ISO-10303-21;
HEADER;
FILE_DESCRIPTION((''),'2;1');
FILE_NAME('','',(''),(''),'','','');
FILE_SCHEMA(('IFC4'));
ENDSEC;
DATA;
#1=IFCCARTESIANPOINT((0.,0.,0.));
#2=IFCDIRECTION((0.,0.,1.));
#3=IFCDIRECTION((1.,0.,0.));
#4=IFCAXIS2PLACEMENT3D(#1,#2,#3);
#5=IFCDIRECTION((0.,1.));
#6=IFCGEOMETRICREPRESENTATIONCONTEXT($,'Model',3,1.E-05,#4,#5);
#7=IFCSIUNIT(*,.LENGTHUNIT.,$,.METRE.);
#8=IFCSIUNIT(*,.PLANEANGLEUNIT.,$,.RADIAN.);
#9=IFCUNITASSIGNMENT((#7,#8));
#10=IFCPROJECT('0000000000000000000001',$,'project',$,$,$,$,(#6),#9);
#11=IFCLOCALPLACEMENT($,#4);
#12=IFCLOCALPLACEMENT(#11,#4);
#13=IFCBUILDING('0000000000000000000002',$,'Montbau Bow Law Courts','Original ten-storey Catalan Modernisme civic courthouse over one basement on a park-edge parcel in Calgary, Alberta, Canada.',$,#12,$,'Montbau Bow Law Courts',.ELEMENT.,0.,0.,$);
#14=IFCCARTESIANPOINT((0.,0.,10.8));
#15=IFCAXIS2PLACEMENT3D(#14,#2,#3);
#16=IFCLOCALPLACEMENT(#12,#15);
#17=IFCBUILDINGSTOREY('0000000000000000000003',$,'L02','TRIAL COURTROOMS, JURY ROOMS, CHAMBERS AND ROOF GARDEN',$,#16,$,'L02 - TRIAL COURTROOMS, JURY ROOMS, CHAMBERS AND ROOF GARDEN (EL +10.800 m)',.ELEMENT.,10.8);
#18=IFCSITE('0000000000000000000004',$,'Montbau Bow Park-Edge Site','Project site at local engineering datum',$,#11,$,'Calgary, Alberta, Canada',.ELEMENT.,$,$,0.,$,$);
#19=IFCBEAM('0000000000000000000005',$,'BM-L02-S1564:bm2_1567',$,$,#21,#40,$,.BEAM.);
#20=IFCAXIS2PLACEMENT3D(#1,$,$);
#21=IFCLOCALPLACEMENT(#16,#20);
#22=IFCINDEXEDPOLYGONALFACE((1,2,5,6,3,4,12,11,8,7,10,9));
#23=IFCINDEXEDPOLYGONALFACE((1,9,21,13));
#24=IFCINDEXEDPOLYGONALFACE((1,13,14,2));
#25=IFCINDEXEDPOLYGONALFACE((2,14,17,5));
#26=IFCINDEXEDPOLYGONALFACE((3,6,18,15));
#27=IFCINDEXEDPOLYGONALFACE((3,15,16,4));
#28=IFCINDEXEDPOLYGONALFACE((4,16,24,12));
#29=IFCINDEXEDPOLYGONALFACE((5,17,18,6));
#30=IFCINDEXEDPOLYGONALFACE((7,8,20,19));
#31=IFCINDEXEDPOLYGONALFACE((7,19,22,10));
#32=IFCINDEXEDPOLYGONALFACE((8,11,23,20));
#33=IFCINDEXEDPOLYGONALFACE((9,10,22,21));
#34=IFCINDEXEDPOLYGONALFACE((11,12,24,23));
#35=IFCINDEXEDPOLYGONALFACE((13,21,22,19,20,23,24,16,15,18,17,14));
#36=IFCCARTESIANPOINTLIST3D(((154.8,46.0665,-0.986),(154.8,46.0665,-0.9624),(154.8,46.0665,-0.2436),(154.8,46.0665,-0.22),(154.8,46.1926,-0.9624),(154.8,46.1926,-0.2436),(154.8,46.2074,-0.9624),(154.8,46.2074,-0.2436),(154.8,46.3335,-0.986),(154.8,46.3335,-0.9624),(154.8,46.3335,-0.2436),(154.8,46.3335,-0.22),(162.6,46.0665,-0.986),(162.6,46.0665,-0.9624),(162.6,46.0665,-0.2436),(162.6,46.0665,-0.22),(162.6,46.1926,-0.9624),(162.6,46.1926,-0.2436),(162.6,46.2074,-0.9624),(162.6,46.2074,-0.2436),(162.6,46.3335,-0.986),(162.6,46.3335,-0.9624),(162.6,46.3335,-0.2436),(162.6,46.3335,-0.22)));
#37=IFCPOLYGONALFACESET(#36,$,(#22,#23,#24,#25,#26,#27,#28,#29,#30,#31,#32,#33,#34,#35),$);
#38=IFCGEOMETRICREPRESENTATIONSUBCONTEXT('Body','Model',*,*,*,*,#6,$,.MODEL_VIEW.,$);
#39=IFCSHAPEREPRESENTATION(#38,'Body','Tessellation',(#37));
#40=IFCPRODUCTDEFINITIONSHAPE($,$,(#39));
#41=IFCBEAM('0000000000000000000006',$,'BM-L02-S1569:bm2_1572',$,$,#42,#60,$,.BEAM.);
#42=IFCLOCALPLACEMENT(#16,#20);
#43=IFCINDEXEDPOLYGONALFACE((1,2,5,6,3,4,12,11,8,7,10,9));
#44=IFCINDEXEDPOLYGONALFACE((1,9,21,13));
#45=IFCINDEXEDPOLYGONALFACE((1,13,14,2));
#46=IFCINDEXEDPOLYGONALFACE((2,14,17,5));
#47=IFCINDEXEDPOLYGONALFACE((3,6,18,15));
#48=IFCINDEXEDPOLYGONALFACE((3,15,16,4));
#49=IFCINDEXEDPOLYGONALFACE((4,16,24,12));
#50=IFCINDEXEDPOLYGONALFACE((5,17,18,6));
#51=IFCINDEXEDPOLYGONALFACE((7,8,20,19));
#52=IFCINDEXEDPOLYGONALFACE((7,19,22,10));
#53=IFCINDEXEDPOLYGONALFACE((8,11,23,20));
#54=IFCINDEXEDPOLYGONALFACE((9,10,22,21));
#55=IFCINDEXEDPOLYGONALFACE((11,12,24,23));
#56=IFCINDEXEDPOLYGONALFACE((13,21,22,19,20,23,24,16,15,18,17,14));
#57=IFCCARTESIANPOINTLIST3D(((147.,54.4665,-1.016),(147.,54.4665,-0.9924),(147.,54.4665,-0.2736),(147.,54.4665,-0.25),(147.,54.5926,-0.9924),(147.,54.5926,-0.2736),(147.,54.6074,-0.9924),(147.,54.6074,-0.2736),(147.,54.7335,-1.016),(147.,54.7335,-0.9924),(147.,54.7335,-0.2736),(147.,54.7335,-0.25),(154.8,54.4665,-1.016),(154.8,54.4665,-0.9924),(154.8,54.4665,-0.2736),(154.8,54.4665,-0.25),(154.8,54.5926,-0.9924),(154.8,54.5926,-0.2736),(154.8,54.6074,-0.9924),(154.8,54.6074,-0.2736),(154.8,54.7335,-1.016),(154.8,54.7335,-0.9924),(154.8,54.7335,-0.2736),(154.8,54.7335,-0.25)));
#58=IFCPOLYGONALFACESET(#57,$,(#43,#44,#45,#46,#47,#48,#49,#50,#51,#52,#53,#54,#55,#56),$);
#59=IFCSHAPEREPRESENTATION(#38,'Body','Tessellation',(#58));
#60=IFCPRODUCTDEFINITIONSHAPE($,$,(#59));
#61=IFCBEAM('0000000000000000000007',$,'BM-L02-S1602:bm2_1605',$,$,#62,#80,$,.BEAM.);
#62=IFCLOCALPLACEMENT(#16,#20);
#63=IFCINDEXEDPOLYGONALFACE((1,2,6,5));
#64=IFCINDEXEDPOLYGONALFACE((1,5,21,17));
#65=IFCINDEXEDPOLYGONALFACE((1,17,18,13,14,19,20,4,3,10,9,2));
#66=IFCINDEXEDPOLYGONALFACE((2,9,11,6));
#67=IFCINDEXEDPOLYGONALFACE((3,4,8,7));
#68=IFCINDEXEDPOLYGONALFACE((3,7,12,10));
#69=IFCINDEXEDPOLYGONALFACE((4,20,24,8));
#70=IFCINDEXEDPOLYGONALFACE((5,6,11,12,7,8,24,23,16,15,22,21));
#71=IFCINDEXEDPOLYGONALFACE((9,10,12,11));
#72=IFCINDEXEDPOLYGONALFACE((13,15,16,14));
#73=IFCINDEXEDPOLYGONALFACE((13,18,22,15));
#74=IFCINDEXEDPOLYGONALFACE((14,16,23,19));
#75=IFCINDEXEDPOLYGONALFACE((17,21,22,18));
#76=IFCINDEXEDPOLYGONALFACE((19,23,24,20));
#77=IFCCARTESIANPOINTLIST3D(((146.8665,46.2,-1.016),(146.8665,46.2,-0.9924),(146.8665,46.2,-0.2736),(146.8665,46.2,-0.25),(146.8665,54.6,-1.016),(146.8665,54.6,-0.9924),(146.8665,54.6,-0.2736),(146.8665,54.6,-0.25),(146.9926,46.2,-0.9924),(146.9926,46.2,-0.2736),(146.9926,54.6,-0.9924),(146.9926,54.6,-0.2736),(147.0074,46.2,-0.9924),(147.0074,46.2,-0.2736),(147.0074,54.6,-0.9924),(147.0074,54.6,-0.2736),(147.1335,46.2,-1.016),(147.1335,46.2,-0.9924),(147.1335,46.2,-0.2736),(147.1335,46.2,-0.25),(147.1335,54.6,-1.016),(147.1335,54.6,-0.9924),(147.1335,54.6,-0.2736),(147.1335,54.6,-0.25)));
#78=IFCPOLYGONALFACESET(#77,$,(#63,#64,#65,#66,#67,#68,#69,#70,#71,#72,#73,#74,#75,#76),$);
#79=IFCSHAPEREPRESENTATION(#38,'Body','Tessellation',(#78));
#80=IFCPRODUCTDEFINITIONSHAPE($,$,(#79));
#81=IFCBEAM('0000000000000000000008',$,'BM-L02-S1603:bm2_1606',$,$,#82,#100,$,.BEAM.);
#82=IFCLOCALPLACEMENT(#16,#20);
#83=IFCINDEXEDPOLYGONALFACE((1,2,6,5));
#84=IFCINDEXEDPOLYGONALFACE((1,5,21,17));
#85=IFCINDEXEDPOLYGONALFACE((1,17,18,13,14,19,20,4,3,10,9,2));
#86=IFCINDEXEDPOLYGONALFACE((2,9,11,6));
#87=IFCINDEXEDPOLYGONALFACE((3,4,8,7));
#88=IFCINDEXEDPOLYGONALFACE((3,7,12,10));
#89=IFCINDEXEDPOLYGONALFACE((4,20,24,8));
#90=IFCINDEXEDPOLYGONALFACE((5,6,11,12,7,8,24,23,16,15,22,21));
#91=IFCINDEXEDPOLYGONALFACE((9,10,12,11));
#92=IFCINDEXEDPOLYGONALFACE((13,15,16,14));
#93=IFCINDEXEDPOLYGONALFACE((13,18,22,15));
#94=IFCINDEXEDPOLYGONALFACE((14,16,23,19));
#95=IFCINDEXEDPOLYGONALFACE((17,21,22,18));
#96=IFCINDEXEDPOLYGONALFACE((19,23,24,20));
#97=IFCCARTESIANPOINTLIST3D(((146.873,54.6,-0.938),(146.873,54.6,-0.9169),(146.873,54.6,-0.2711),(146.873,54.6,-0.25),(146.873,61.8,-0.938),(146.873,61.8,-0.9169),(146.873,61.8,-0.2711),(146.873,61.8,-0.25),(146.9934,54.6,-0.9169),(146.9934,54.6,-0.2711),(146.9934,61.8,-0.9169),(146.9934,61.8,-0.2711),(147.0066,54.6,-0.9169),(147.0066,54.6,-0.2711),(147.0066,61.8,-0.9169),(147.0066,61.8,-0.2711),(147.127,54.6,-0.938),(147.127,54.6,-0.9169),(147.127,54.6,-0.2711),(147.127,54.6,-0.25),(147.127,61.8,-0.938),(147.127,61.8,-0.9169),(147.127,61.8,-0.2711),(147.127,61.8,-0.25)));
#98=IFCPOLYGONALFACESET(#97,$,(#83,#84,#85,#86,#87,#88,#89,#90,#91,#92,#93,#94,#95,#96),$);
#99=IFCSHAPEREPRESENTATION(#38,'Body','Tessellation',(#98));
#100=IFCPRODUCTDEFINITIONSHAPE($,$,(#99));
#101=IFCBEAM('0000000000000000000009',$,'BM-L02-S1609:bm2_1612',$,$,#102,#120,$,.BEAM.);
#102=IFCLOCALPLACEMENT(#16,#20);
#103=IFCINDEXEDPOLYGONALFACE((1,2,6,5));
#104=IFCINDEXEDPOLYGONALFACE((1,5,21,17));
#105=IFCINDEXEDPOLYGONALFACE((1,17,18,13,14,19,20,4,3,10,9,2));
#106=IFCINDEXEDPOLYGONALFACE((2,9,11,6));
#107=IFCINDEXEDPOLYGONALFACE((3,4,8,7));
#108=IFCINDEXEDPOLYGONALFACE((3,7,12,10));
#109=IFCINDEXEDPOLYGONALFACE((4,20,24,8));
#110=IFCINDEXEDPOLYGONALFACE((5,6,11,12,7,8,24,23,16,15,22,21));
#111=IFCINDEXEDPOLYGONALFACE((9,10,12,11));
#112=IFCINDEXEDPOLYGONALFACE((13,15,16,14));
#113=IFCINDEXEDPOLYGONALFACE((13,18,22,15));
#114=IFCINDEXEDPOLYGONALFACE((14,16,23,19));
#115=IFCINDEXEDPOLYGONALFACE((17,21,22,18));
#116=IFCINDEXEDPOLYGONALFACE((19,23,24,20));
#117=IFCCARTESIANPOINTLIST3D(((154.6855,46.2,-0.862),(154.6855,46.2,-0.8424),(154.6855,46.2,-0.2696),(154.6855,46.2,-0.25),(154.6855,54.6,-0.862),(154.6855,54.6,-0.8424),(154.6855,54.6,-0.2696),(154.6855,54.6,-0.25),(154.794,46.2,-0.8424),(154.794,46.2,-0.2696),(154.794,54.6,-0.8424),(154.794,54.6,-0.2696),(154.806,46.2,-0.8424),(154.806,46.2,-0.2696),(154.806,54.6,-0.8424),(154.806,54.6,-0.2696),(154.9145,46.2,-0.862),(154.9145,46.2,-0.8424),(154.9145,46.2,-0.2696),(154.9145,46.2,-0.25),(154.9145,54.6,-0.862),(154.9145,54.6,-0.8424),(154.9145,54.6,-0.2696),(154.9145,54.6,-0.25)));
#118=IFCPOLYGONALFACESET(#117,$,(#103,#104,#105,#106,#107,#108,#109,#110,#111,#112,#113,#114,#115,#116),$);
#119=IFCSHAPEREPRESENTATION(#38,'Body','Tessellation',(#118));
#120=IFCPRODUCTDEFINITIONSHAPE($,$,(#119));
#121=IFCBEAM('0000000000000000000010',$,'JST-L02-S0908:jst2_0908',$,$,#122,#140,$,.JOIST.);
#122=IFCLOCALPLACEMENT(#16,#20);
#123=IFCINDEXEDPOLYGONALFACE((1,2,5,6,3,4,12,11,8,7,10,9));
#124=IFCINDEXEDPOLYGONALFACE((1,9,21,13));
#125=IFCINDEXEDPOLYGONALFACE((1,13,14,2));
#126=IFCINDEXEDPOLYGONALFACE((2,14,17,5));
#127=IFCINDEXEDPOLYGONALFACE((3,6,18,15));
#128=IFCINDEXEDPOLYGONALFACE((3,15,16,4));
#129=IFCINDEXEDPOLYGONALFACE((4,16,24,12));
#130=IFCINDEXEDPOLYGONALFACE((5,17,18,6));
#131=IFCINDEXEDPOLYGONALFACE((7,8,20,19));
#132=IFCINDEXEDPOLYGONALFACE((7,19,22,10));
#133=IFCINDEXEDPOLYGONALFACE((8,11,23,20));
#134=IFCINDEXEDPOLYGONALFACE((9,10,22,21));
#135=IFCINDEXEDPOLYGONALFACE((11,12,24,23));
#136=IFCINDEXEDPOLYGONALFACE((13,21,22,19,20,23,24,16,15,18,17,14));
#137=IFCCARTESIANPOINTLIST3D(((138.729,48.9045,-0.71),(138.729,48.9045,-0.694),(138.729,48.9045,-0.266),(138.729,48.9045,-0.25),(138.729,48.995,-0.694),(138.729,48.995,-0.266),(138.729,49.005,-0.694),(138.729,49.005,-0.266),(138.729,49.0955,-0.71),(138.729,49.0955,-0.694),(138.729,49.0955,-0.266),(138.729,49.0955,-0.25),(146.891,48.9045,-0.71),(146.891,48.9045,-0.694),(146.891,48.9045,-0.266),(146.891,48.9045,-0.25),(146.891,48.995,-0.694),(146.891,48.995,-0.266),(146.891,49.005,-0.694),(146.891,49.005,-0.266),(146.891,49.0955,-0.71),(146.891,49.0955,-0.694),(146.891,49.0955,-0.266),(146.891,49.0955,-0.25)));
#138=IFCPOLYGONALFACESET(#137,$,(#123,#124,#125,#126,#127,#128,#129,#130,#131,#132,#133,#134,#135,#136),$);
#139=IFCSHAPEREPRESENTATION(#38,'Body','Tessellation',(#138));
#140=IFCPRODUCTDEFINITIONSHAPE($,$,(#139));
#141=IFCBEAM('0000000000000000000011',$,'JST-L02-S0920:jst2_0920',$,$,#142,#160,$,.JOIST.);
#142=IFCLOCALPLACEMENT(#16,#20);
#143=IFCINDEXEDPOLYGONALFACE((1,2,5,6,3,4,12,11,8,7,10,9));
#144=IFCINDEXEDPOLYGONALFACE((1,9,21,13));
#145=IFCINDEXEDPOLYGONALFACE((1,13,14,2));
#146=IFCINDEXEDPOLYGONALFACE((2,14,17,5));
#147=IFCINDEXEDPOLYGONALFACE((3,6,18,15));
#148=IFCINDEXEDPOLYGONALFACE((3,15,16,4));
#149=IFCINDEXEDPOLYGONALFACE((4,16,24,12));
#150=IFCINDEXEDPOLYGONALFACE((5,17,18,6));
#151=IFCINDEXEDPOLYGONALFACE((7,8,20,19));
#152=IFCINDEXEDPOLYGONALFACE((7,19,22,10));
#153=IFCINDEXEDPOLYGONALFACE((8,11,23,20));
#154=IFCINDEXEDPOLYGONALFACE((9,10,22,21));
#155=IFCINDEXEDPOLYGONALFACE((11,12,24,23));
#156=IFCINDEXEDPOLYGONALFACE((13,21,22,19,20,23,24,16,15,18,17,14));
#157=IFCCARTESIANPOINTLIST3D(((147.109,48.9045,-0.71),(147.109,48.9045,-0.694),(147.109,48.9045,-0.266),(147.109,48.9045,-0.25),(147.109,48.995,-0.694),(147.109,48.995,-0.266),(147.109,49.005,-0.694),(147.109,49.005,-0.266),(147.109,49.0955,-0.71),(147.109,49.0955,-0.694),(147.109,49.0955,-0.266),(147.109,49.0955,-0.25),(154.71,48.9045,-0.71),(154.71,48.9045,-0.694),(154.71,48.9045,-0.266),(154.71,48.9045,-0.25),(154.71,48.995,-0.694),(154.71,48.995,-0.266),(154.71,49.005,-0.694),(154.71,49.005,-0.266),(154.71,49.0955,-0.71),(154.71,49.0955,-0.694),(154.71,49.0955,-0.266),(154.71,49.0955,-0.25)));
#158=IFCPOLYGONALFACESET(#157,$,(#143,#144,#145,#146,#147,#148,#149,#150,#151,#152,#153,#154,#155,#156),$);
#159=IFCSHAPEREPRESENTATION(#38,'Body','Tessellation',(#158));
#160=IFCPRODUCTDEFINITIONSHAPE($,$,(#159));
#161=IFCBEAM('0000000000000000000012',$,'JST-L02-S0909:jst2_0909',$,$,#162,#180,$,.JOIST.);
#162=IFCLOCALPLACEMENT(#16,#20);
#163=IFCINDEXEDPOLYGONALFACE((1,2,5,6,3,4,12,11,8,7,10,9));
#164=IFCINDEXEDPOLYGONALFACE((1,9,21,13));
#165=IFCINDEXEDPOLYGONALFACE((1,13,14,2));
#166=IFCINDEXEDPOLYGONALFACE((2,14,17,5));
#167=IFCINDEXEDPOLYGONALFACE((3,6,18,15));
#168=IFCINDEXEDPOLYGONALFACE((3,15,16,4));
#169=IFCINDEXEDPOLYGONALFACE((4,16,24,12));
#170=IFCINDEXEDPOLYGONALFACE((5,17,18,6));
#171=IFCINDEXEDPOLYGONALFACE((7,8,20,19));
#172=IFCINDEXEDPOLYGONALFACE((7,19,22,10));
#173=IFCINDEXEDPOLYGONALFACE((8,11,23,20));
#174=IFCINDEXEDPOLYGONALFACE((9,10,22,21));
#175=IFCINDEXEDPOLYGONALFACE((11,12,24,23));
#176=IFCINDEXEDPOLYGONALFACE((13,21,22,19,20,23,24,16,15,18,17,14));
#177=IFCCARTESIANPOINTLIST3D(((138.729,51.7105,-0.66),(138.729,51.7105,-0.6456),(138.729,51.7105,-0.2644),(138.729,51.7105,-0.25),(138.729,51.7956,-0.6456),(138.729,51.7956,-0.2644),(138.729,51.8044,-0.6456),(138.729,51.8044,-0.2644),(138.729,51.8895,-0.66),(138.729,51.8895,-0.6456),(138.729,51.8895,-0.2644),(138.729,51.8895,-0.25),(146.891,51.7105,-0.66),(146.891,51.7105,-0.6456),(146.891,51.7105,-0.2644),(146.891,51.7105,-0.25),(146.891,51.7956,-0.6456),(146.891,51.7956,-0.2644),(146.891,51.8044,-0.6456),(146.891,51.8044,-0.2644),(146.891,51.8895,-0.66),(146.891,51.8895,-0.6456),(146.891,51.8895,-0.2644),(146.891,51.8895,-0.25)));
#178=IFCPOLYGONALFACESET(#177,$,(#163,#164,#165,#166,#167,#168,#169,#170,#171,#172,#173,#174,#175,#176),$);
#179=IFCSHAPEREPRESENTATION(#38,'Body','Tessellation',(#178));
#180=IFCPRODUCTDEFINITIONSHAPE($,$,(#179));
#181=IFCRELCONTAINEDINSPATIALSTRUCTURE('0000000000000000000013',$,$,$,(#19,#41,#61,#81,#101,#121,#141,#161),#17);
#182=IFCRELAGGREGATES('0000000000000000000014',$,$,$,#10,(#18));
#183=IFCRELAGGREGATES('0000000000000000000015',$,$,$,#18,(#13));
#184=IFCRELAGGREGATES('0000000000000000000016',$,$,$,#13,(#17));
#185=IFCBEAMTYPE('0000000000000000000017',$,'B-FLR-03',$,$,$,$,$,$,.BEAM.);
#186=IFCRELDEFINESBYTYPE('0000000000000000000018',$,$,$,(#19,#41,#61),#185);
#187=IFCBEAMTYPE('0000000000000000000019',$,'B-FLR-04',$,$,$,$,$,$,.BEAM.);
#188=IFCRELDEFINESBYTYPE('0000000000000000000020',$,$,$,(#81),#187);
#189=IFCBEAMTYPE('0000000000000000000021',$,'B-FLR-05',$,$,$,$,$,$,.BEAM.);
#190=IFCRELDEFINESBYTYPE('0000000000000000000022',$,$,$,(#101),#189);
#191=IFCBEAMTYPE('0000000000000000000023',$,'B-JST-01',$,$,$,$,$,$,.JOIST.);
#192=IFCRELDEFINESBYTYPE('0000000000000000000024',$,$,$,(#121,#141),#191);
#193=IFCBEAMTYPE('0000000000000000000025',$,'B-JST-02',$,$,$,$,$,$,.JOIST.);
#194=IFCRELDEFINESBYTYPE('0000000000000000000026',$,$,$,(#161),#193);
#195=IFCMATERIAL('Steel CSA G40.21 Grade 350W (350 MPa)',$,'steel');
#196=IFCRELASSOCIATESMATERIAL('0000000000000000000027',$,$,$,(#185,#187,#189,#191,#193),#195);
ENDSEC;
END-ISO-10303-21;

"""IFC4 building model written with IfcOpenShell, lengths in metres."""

from ifc_helpers import new_model, si_unit, direction, frame, origin_with_axes, origin_2d_with_axis, place, context, subcontext, project, spatial, i_section, extrude, material, material_profile, profile_set, type_object, element, save


model = new_model("IFC4")

# Units and contexts
model_context = context("Model", 3, precision=1e-05, world=origin_with_axes(), true_north=direction((0.0, 1.0)))
body_context = subcontext(model_context, "Body", "Model", "MODEL_VIEW")
ifc_project = project(units=[si_unit("LENGTHUNIT", "METRE"), si_unit("PLANEANGLEUNIT", "RADIAN")], contexts=[model_context])

# Site, building, storey
site_placement = place(None, origin_with_axes())
site = spatial("IfcSite", under=ifc_project, at=site_placement, Name="Montbau Bow Park-Edge Site", Description="Project site at local engineering datum", LongName="Calgary, Alberta, Canada", CompositionType="ELEMENT", RefElevation=0.0)
building_placement = place(site_placement, origin_with_axes())
building = spatial("IfcBuilding", under=site, at=building_placement, Name="Montbau Bow Law Courts", Description="Original ten-storey Catalan Modernisme civic courthouse over one basement on a park-edge parcel in Calgary, Alberta, Canada.", LongName="Montbau Bow Law Courts", CompositionType="ELEMENT", ElevationOfRefHeight=0.0, ElevationOfTerrain=0.0)
storey_placement = place(building_placement, frame((0.0, 0.0, 10.8), z_axis=(0.0, 0.0, 1.0), x_axis=(1.0, 0.0, 0.0)))
storey = spatial("IfcBuildingStorey", under=building, at=storey_placement, Name="L02", Description="TRIAL COURTROOMS, JURY ROOMS, CHAMBERS AND ROOF GARDEN", LongName="L02 - TRIAL COURTROOMS, JURY ROOMS, CHAMBERS AND ROOF GARDEN (EL +10.800 m)", CompositionType="ELEMENT", Elevation=10.8)

# Shared definitions
ifc_material_1 = material(Name="Steel CSA G40.21 Grade 350W (350 MPa)", Category="steel")

# Beams
ifc_material_profile_1 = material_profile(ifc_material_1, i_section(OverallWidth=0.267, OverallDepth=0.766, WebThickness=0.0149, FlangeThickness=0.0236, at=origin_2d_with_axis()), Name="W760X185", Category="Main", Priority=0)
ifc_profile_set_1 = profile_set([ifc_material_profile_1], Name="Steel CSA G40.21 Grade 350W (350 MPa)")
beam_type_1 = type_object("IfcBeamType", Name="B-FLR-03", PredefinedType="BEAM", material=ifc_profile_set_1)
for number, where, z_axis, x_axis, name in (
    (1, (154.8, 46.2, 10.197), (1.0, 0.0, 0.0), (0.0, 1.0, 0.0), "BM-L02-S1564:bm2_1567"),
    (2, (147.0, 54.6, 10.167), (1.0, 0.0, 0.0), (0.0, 1.0, 0.0), "BM-L02-S1569:bm2_1572"),
):
    element("IfcBeam", number, at=place(None, frame(where, z_axis=z_axis, x_axis=x_axis)), inside=storey, type_object=beam_type_1, Name=name, PredefinedType="BEAM", context=body_context, shape_type="SweptSolid", body=[
        extrude(i_section(OverallWidth=0.267, OverallDepth=0.766, WebThickness=0.0149, FlangeThickness=0.0236, at=origin_2d_with_axis()), origin_with_axes(), (0.0, 0.0, 1.0), 7.8),
    ])
beam_1_placement = place(None, frame((147.0, 46.2, 10.167), z_axis=(0.0, 1.0, 0.0), x_axis=(-1.0, 0.0, 0.0)))
element("IfcBeam", 3, at=beam_1_placement, inside=storey, type_object=beam_type_1, Name="BM-L02-S1602:bm2_1605", PredefinedType="BEAM", context=body_context, shape_type="SweptSolid", body=[
    extrude(i_section(OverallWidth=0.267, OverallDepth=0.766, WebThickness=0.0149, FlangeThickness=0.0236, at=origin_2d_with_axis()), origin_with_axes(), (0.0, 0.0, 1.0), 8.4),
])
ifc_material_profile_2 = material_profile(ifc_material_1, i_section(OverallWidth=0.254, OverallDepth=0.688, WebThickness=0.0131, FlangeThickness=0.0211, at=origin_2d_with_axis()), Name="W690X152", Category="Main", Priority=0)
ifc_profile_set_2 = profile_set([ifc_material_profile_2], Name="Steel CSA G40.21 Grade 350W (350 MPa)")
beam_type_2 = type_object("IfcBeamType", Name="B-FLR-04", PredefinedType="BEAM", material=ifc_profile_set_2)
beam_2_placement = place(None, frame((147.0, 54.6, 10.206), z_axis=(0.0, 1.0, 0.0), x_axis=(-1.0, 0.0, 0.0)))
element("IfcBeam", 4, at=beam_2_placement, inside=storey, type_object=beam_type_2, Name="BM-L02-S1603:bm2_1606", PredefinedType="BEAM", context=body_context, shape_type="SweptSolid", body=[
    extrude(i_section(OverallWidth=0.254, OverallDepth=0.688, WebThickness=0.0131, FlangeThickness=0.0211, at=origin_2d_with_axis()), origin_with_axes(), (0.0, 0.0, 1.0), 7.2),
])
ifc_material_profile_3 = material_profile(ifc_material_1, i_section(OverallWidth=0.229, OverallDepth=0.612, WebThickness=0.0119, FlangeThickness=0.0196, at=origin_2d_with_axis()), Name="W610X125", Category="Main", Priority=0)
ifc_profile_set_3 = profile_set([ifc_material_profile_3], Name="Steel CSA G40.21 Grade 350W (350 MPa)")
beam_type_3 = type_object("IfcBeamType", Name="B-FLR-05", PredefinedType="BEAM", material=ifc_profile_set_3)
beam_3_placement = place(None, frame((154.8, 46.2, 10.244), z_axis=(0.0, 1.0, 0.0), x_axis=(-1.0, 0.0, 0.0)))
element("IfcBeam", 5, at=beam_3_placement, inside=storey, type_object=beam_type_3, Name="BM-L02-S1609:bm2_1612", PredefinedType="BEAM", context=body_context, shape_type="SweptSolid", body=[
    extrude(i_section(OverallWidth=0.229, OverallDepth=0.612, WebThickness=0.0119, FlangeThickness=0.0196, at=origin_2d_with_axis()), origin_with_axes(), (0.0, 0.0, 1.0), 8.4),
])
ifc_material_profile_4 = material_profile(ifc_material_1, i_section(OverallWidth=0.191, OverallDepth=0.46, WebThickness=0.0099, FlangeThickness=0.016, at=origin_2d_with_axis()), Name="W460X82", Category="Main", Priority=0)
ifc_profile_set_4 = profile_set([ifc_material_profile_4], Name="Steel CSA G40.21 Grade 350W (350 MPa)")
beam_type_4 = type_object("IfcBeamType", Name="B-JST-01", PredefinedType="JOIST", material=ifc_profile_set_4)
beam_4_placement = place(None, frame((138.729, 49.0, 10.32), z_axis=(1.0, 0.0, 0.0), x_axis=(0.0, 1.0, 0.0)))
element("IfcBeam", 6, at=beam_4_placement, inside=storey, type_object=beam_type_4, Name="JST-L02-S0908:jst2_0908", PredefinedType="JOIST", context=body_context, shape_type="SweptSolid", body=[
    extrude(i_section(OverallWidth=0.191, OverallDepth=0.46, WebThickness=0.0099, FlangeThickness=0.016, at=origin_2d_with_axis()), origin_with_axes(), (0.0, 0.0, 1.0), 8.162),
])
beam_5_placement = place(None, frame((147.109, 49.0, 10.32), z_axis=(1.0, 0.0, 0.0), x_axis=(0.0, 1.0, 0.0)))
element("IfcBeam", 7, at=beam_5_placement, inside=storey, type_object=beam_type_4, Name="JST-L02-S0920:jst2_0920", PredefinedType="JOIST", context=body_context, shape_type="SweptSolid", body=[
    extrude(i_section(OverallWidth=0.191, OverallDepth=0.46, WebThickness=0.0099, FlangeThickness=0.016, at=origin_2d_with_axis()), origin_with_axes(), (0.0, 0.0, 1.0), 7.601),
])
ifc_material_profile_5 = material_profile(ifc_material_1, i_section(OverallWidth=0.179, OverallDepth=0.41, WebThickness=0.0088, FlangeThickness=0.0144, at=origin_2d_with_axis()), Name="W410X67", Category="Main", Priority=0)
ifc_profile_set_5 = profile_set([ifc_material_profile_5], Name="Steel CSA G40.21 Grade 350W (350 MPa)")
beam_type_5 = type_object("IfcBeamType", Name="B-JST-02", PredefinedType="JOIST", material=ifc_profile_set_5)
beam_6_placement = place(None, frame((138.729, 51.8, 10.345), z_axis=(1.0, 0.0, 0.0), x_axis=(0.0, 1.0, 0.0)))
element("IfcBeam", 8, at=beam_6_placement, inside=storey, type_object=beam_type_5, Name="JST-L02-S0909:jst2_0909", PredefinedType="JOIST", context=body_context, shape_type="SweptSolid", body=[
    extrude(i_section(OverallWidth=0.179, OverallDepth=0.41, WebThickness=0.0088, FlangeThickness=0.0144, at=origin_2d_with_axis()), origin_with_axes(), (0.0, 0.0, 1.0), 8.162),
])

save(model, "model.ifc")
